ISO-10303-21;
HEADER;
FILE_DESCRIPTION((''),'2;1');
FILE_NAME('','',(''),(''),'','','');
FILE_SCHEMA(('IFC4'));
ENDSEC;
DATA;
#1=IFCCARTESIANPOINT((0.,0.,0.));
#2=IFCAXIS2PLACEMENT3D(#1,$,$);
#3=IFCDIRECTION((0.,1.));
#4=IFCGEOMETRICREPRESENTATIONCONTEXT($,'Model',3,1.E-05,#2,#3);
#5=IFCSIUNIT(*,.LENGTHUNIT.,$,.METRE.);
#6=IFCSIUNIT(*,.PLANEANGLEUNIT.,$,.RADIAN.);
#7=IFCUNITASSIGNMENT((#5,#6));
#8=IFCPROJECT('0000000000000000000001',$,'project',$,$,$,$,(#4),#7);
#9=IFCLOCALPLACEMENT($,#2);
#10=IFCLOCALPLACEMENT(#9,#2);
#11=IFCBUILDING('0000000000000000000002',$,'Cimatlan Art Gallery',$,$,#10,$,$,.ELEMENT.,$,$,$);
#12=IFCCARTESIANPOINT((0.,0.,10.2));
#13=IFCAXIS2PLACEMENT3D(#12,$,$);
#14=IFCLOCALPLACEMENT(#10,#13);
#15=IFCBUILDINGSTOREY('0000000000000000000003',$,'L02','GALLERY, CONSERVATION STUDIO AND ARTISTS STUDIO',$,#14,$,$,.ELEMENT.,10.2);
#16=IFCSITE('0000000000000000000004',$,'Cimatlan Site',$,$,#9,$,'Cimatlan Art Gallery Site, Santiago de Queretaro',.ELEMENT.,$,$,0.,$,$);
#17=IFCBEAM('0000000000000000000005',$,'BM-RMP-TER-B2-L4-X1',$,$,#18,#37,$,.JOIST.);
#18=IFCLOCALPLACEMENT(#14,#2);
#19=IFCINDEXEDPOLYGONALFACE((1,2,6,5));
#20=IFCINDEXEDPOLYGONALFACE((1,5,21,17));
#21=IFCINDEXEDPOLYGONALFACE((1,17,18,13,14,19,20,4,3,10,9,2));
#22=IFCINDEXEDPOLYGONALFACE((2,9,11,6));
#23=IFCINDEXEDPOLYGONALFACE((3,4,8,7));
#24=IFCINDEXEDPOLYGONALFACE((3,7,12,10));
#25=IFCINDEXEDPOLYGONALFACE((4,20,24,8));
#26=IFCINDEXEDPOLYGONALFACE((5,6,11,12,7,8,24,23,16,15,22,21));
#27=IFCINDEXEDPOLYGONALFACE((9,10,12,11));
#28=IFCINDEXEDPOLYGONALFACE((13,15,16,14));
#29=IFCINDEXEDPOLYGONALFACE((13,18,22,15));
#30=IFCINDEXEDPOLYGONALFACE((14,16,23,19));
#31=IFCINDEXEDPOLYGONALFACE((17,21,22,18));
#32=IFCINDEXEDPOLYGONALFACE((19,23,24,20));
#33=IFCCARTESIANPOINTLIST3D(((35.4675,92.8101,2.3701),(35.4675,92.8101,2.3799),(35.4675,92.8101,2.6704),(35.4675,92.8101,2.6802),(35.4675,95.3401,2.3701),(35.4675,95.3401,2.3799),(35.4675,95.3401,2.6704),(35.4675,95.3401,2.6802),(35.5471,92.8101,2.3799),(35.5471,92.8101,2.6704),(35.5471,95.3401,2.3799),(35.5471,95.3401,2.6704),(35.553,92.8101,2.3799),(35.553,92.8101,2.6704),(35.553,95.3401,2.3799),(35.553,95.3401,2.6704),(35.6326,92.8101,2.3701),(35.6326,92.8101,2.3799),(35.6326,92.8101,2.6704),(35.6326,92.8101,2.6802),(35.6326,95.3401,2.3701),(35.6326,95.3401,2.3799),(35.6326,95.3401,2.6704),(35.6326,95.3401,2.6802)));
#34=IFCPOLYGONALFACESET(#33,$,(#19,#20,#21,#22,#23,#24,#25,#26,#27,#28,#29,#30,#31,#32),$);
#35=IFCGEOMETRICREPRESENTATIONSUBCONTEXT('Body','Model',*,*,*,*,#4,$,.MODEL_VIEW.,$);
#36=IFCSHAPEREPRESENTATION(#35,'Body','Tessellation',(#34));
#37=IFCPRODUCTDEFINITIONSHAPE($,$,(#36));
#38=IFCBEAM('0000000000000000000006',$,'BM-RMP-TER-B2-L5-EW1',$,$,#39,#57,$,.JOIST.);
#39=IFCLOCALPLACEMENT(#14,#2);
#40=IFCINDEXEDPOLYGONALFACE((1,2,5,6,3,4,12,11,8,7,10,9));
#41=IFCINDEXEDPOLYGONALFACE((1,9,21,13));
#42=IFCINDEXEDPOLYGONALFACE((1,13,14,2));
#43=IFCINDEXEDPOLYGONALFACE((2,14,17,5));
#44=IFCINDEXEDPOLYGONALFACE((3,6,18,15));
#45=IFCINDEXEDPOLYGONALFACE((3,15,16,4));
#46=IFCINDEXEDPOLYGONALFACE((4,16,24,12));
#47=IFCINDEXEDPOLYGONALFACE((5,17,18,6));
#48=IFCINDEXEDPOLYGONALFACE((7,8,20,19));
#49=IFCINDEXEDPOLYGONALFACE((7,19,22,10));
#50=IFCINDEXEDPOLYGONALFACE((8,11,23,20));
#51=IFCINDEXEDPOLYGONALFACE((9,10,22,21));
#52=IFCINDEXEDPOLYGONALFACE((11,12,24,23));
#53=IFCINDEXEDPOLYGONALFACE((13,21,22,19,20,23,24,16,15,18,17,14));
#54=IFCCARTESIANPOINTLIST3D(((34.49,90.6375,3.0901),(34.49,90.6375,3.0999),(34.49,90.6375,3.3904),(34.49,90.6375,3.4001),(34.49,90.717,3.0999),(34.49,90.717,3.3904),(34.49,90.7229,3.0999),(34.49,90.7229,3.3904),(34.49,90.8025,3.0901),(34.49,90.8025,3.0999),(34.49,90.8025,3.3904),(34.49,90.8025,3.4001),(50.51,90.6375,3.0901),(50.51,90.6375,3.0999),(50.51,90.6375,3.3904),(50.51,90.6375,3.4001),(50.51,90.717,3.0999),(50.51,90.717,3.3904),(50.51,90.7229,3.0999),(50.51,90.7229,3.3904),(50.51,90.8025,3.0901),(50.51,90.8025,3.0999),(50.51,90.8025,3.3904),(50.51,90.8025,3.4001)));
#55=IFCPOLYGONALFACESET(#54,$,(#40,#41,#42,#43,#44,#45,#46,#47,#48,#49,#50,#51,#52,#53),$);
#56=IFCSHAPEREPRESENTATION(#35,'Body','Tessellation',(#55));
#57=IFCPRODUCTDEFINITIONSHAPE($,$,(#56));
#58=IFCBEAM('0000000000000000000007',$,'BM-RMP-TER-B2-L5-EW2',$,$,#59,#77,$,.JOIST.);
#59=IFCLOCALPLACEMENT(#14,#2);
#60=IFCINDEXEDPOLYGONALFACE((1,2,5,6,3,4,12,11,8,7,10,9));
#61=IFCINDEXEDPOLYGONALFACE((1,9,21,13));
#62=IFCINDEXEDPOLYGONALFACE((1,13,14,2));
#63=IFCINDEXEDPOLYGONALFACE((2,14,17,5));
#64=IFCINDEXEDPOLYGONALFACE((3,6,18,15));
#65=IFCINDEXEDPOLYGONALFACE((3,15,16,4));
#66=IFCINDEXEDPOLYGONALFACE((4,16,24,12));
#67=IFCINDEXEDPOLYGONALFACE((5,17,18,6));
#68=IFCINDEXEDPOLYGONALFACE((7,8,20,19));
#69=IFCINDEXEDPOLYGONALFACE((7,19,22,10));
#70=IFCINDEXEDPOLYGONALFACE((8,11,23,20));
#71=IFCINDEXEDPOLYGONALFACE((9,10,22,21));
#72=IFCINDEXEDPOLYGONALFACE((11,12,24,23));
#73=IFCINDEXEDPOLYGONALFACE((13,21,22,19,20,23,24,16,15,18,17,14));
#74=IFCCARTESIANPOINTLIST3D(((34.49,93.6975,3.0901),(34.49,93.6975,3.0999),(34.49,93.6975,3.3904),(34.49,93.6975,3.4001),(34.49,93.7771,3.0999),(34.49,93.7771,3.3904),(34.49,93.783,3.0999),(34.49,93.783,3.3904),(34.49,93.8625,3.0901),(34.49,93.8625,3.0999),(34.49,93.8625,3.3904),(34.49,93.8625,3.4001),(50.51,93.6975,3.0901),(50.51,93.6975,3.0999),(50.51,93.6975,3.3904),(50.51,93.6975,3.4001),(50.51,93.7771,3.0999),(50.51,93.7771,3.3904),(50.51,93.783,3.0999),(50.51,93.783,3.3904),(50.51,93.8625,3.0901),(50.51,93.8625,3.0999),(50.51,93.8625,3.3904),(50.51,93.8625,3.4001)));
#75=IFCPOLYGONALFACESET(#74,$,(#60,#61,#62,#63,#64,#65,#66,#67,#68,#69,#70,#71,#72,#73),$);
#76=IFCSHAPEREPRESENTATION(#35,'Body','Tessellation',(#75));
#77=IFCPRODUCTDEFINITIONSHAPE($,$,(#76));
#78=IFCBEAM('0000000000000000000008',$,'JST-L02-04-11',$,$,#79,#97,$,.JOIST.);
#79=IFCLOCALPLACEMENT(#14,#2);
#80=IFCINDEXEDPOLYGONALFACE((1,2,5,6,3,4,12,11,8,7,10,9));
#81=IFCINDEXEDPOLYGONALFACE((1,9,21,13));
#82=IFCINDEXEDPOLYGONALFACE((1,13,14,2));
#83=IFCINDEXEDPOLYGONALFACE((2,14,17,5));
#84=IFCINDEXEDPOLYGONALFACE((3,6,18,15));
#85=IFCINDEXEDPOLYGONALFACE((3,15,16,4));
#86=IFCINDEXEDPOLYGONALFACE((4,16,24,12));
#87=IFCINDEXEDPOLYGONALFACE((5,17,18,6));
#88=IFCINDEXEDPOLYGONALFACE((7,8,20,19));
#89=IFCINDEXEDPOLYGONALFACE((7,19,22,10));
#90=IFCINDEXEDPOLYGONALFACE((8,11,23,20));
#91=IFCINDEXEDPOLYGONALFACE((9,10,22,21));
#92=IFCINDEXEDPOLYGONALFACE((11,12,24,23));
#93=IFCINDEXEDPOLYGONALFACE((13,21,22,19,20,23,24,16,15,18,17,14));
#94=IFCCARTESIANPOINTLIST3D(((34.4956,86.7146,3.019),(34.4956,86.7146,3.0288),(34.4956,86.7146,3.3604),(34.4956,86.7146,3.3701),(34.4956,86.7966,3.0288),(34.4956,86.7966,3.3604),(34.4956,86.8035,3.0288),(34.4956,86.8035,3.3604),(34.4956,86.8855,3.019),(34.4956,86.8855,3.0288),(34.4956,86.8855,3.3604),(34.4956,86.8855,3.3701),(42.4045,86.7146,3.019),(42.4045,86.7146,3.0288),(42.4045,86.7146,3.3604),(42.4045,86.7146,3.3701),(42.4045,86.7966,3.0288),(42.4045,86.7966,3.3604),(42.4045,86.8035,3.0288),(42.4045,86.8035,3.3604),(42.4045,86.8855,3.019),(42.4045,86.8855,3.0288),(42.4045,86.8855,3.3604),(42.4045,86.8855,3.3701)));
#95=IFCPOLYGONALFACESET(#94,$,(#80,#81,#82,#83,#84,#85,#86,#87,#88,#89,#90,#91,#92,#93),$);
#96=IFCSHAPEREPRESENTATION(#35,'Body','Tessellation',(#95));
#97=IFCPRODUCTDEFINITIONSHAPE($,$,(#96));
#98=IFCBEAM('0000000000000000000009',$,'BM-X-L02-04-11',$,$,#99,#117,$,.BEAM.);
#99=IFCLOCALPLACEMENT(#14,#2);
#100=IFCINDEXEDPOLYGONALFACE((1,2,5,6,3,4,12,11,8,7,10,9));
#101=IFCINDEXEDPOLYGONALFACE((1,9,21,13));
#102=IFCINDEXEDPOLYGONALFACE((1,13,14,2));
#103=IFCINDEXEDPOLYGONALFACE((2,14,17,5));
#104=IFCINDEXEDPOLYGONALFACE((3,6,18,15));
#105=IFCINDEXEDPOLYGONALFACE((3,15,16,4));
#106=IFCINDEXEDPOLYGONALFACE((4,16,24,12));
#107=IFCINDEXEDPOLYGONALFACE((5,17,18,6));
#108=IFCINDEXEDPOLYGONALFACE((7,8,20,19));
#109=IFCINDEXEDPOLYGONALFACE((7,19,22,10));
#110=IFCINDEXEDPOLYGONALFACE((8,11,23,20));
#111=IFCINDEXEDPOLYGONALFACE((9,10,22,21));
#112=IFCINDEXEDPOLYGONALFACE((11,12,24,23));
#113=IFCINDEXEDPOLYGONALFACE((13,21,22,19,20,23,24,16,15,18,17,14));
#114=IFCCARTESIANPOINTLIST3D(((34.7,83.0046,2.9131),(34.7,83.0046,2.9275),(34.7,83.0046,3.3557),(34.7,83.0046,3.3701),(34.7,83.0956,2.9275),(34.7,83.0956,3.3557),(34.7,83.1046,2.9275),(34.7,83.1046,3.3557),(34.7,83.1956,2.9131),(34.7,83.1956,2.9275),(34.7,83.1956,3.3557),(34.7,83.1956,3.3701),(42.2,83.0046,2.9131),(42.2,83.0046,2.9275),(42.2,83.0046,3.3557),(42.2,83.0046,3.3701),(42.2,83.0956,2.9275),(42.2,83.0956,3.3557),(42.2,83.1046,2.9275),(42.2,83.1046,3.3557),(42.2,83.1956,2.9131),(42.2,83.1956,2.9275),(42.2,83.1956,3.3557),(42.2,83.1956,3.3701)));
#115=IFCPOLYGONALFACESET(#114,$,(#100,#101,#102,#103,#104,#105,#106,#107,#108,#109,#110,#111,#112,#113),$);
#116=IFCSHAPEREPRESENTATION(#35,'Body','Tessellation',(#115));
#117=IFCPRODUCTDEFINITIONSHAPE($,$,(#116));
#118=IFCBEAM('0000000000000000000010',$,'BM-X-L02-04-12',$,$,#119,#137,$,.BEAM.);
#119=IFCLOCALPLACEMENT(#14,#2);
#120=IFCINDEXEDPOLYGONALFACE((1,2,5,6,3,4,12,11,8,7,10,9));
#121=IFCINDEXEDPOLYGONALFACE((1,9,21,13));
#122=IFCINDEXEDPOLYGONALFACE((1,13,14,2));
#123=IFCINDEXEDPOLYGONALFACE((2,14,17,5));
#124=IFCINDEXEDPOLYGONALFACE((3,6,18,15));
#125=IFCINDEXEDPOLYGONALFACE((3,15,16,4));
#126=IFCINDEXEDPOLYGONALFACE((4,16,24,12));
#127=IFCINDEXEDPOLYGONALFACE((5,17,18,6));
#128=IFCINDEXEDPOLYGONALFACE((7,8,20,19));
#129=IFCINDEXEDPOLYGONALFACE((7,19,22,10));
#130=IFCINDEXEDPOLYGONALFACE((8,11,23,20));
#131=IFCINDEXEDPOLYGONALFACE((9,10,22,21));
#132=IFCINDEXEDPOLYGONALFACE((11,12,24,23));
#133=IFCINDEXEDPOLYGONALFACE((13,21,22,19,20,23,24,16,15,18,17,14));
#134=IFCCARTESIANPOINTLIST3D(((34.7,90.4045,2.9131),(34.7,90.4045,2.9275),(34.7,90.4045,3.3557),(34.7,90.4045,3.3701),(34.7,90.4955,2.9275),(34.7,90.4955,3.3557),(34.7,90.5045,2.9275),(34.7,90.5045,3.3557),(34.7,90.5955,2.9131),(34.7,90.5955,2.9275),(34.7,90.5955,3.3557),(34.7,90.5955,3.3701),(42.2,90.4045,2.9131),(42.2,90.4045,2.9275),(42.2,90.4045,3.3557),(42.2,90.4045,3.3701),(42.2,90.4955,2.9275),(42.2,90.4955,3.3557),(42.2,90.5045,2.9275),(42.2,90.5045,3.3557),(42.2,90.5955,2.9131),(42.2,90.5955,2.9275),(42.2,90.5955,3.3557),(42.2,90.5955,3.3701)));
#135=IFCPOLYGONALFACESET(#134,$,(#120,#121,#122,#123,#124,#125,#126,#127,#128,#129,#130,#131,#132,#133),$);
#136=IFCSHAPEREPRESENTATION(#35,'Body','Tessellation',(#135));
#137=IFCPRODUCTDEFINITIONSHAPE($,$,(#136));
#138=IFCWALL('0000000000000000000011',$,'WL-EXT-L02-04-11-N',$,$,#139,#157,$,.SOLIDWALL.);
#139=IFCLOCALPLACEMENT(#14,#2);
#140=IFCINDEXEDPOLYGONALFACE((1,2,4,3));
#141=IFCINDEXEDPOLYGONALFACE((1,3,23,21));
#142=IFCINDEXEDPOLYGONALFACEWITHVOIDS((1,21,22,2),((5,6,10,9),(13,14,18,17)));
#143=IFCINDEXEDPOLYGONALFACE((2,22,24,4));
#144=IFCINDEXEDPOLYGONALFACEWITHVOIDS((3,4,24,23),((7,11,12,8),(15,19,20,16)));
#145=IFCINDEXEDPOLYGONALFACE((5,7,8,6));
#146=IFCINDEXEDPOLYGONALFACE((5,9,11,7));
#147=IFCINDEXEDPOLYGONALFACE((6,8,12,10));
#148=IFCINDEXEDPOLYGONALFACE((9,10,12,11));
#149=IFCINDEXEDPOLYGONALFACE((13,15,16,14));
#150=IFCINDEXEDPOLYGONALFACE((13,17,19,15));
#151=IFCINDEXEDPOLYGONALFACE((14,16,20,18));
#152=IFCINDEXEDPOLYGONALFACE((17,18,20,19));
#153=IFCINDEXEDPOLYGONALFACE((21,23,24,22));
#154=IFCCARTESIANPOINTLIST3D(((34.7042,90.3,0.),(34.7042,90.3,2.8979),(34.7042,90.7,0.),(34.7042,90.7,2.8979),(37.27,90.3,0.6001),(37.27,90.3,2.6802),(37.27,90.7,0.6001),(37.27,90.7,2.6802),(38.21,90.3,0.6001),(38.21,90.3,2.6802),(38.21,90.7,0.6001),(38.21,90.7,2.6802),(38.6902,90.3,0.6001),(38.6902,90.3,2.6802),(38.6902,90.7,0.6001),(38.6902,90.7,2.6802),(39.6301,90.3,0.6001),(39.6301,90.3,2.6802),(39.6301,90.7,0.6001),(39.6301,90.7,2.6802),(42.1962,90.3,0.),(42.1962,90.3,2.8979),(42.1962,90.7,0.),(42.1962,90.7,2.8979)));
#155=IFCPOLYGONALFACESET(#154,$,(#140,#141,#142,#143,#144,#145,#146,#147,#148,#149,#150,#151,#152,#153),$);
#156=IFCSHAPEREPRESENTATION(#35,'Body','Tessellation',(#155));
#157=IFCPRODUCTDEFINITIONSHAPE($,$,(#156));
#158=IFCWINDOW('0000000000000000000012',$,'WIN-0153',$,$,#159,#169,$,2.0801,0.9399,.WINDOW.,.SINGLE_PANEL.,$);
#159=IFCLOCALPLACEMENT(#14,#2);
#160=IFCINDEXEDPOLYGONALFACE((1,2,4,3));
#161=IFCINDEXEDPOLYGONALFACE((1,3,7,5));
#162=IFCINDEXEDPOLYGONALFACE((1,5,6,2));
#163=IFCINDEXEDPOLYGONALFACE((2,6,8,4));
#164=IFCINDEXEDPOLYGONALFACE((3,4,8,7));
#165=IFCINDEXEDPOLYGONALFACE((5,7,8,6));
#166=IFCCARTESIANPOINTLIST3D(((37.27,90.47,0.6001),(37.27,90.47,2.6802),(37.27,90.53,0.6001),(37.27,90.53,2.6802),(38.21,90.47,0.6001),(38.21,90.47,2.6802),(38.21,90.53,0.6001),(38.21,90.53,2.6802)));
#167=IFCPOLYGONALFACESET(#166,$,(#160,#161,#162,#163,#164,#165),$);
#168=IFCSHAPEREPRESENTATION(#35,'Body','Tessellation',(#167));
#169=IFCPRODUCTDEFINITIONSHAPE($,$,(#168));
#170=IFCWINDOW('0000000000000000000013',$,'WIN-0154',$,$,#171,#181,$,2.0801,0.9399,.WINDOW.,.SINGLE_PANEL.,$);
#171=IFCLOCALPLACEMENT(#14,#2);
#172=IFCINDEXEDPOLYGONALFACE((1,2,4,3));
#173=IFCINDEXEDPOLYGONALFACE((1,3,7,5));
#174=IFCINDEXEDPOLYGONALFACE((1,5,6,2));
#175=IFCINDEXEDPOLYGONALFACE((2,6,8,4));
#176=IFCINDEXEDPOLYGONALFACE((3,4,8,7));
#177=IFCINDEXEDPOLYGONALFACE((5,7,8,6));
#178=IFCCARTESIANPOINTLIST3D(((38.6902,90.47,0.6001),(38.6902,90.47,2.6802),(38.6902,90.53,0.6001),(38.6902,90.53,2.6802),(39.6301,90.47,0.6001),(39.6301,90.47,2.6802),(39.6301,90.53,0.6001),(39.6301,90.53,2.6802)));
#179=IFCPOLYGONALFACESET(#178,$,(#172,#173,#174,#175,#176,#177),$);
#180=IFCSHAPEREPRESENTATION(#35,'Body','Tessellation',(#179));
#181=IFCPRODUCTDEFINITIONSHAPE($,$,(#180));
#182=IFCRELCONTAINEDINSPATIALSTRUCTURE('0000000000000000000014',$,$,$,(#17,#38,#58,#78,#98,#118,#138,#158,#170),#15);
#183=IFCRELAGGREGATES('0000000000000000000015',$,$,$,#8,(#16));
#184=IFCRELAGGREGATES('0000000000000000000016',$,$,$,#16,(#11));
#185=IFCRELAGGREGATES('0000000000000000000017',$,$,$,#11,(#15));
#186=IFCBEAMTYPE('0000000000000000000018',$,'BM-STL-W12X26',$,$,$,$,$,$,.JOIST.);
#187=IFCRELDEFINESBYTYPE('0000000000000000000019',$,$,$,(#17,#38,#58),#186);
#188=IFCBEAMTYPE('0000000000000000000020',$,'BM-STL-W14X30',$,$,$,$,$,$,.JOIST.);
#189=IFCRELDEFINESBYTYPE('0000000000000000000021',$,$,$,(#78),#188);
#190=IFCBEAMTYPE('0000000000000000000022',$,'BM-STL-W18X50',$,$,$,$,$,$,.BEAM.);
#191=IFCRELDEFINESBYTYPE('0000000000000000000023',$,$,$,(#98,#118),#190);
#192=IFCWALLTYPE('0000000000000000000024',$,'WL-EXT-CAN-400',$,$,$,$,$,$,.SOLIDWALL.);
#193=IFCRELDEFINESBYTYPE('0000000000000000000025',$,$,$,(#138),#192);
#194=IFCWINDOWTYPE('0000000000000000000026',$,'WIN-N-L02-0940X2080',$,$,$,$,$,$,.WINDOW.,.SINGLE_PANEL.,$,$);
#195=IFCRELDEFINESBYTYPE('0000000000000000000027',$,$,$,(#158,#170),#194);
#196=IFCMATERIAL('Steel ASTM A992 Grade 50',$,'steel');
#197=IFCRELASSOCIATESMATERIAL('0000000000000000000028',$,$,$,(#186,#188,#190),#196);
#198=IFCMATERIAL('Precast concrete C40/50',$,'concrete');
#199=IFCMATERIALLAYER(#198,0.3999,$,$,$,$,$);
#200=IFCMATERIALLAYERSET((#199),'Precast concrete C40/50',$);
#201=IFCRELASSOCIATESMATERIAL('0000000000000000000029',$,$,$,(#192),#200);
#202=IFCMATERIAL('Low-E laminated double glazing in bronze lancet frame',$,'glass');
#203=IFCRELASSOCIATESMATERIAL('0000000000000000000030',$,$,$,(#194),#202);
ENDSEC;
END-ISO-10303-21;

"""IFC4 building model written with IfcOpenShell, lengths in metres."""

from ifc_helpers import new_model, si_unit, direction, frame, frame_2d, origin, origin_2d, place, context, subcontext, project, spatial, rectangle, i_section, extrude, material, layer, layer_set, material_profile, profile_set, type_object, element, fill, save


model = new_model("IFC4")

# Units and contexts
model_context = context("Model", 3, precision=1e-05, world=origin(), true_north=direction((0.0, 1.0)))
body_context = subcontext(model_context, "Body", "Model", "MODEL_VIEW")
ifc_project = project(units=[si_unit("LENGTHUNIT", "METRE"), si_unit("PLANEANGLEUNIT", "RADIAN")], contexts=[model_context])

# Site, building, storey
site_placement = place(None, origin())
site = spatial("IfcSite", under=ifc_project, at=site_placement, Name="Cimatlan Site", LongName="Cimatlan Art Gallery Site, Santiago de Queretaro", CompositionType="ELEMENT", RefElevation=0.0)
building_placement = place(site_placement, origin())
building = spatial("IfcBuilding", under=site, at=building_placement, Name="Cimatlan Art Gallery", CompositionType="ELEMENT")
storey_placement = place(building_placement, frame((0.0, 0.0, 10.2)))
storey = spatial("IfcBuildingStorey", under=building, at=storey_placement, Name="L02", Description="GALLERY, CONSERVATION STUDIO AND ARTISTS STUDIO", CompositionType="ELEMENT", Elevation=10.2)

# Shared definitions
ifc_material_1 = material(Name="Steel ASTM A992 Grade 50", Category="steel")

# Beams
ifc_material_profile_1 = material_profile(ifc_material_1, i_section(OverallWidth=0.165, OverallDepth=0.3101, WebThickness=0.0059, FlangeThickness=0.0098, at=origin_2d()), Name="W12X26")
ifc_profile_set_1 = profile_set([ifc_material_profile_1], Name="Steel ASTM A992 Grade 50")
beam_type_1 = type_object("IfcBeamType", Name="BM-STL-W12X26", PredefinedType="JOIST", material=ifc_profile_set_1)
beam_1_placement = place(storey_placement, frame((35.55, 92.8101, 2.5251), z_axis=(0.0, 1.0, 0.0), x_axis=(-1.0, 0.0, 0.0)))
element("IfcBeam", 1, at=beam_1_placement, inside=storey, type_object=beam_type_1, Name="BM-RMP-TER-B2-L4-X1", PredefinedType="JOIST", context=body_context, shape_type="SweptSolid", body=[
    extrude(i_section(OverallWidth=0.165, OverallDepth=0.3101, WebThickness=0.0059, FlangeThickness=0.0098, at=origin_2d()), origin(), (0.0, 0.0, 1.0), 2.53),
])
for number, where, z_axis, x_axis, name in (
    (2, (34.49, 90.72, 3.2451), (1.0, 0.0, 0.0), (0.0, 1.0, 0.0), "BM-RMP-TER-B2-L5-EW1"),
    (3, (34.49, 93.78, 3.2451), (1.0, 0.0, 0.0), (0.0, 1.0, 0.0), "BM-RMP-TER-B2-L5-EW2"),
):
    element("IfcBeam", number, at=place(storey_placement, frame(where, z_axis=z_axis, x_axis=x_axis)), inside=storey, type_object=beam_type_1, Name=name, PredefinedType="JOIST", context=body_context, shape_type="SweptSolid", body=[
        extrude(i_section(OverallWidth=0.165, OverallDepth=0.3101, WebThickness=0.0059, FlangeThickness=0.0098, at=origin_2d()), origin(), (0.0, 0.0, 1.0), 16.02),
    ])
ifc_material_profile_2 = material_profile(ifc_material_1, i_section(OverallWidth=0.1709, OverallDepth=0.3511, WebThickness=0.0068, FlangeThickness=0.0098, at=origin_2d()), Name="W14X30")
ifc_profile_set_2 = profile_set([ifc_material_profile_2], Name="Steel ASTM A992 Grade 50")
beam_type_2 = type_object("IfcBeamType", Name="BM-STL-W14X30", PredefinedType="JOIST", material=ifc_profile_set_2)
beam_2_placement = place(storey_placement, frame((34.4956, 86.8, 3.1946), z_axis=(1.0, 0.0, 0.0), x_axis=(0.0, 1.0, 0.0)))
element("IfcBeam", 4, at=beam_2_placement, inside=storey, type_object=beam_type_2, Name="JST-L02-04-11", PredefinedType="JOIST", context=body_context, shape_type="SweptSolid", body=[
    extrude(i_section(OverallWidth=0.1709, OverallDepth=0.3511, WebThickness=0.0068, FlangeThickness=0.0098, at=origin_2d()), origin(), (0.0, 0.0, 1.0), 7.9089),
])
ifc_material_profile_3 = material_profile(ifc_material_1, i_section(OverallWidth=0.1909, OverallDepth=0.457, WebThickness=0.009, FlangeThickness=0.0144, at=origin_2d()), Name="W18X50")
ifc_profile_set_3 = profile_set([ifc_material_profile_3], Name="Steel ASTM A992 Grade 50")
beam_type_3 = type_object("IfcBeamType", Name="BM-STL-W18X50", PredefinedType="BEAM", material=ifc_profile_set_3)
for number, where, z_axis, x_axis, name in (
    (5, (34.7, 83.1001, 3.1416), (1.0, 0.0, 0.0), (0.0, 1.0, 0.0), "BM-X-L02-04-11"),
    (6, (34.7, 90.5, 3.1416), (1.0, 0.0, 0.0), (0.0, 1.0, 0.0), "BM-X-L02-04-12"),
):
    element("IfcBeam", number, at=place(storey_placement, frame(where, z_axis=z_axis, x_axis=x_axis)), inside=storey, type_object=beam_type_3, Name=name, PredefinedType="BEAM", context=body_context, shape_type="SweptSolid", body=[
        extrude(i_section(OverallWidth=0.1909, OverallDepth=0.457, WebThickness=0.009, FlangeThickness=0.0144, at=origin_2d()), origin(), (0.0, 0.0, 1.0), 7.5),
    ])

# Wall, openings, windows
ifc_material_2 = material(Name="Precast concrete C40/50", Category="concrete")
ifc_layer_1 = layer(ifc_material_2, 0.3999)
ifc_layer_set_1 = layer_set([ifc_layer_1], Name="Precast concrete C40/50")
wall_type = type_object("IfcWallType", Name="WL-EXT-CAN-400", PredefinedType="SOLIDWALL", material=ifc_layer_set_1)
wall_placement = place(storey_placement, frame((34.7041, 90.5, 0.0), z_axis=(0.0, 0.0, 1.0), x_axis=(1.0, 0.0, 0.0)))
wall = element("IfcWall", 7, at=wall_placement, inside=storey, type_object=wall_type, Name="WL-EXT-L02-04-11-N", PredefinedType="SOLIDWALL", context=body_context, shape_type="SweptSolid", body=[
    extrude(rectangle(XDim=7.4919, YDim=0.3999, at=frame_2d((3.7461, 0.0))), origin(), (0.0, 0.0, 1.0), 2.8979),
])
opening_1_placement = place(wall_placement, frame((2.5659, 0.0, 0.6001)))
opening_1 = element("IfcOpeningElement", 8, at=opening_1_placement, cuts=wall, PredefinedType="OPENING", context=body_context, shape_type="SweptSolid", body=[
    extrude(rectangle(XDim=0.9399, YDim=2.0801, at=frame_2d((0.47, 1.04))), frame((0.0, 0.21, 0.0), z_axis=(0.0, -1.0, 0.0), x_axis=(1.0, 0.0, 0.0)), (0.0, 0.0, 1.0), 0.4199),
])
opening_2_placement = place(wall_placement, frame((3.9861, 0.0, 0.6001)))
opening_2 = element("IfcOpeningElement", 9, at=opening_2_placement, cuts=wall, PredefinedType="OPENING", context=body_context, shape_type="SweptSolid", body=[
    extrude(rectangle(XDim=0.9399, YDim=2.0801, at=frame_2d((0.47, 1.04))), frame((0.0, 0.21, 0.0), z_axis=(0.0, -1.0, 0.0), x_axis=(1.0, 0.0, 0.0)), (0.0, 0.0, 1.0), 0.4199),
])
ifc_material_3 = material(Name="Low-E laminated double glazing in bronze lancet frame", Category="glass")
window_type = type_object("IfcWindowType", Name="WIN-N-L02-0940X2080", PartitioningType="SINGLE_PANEL", PredefinedType="WINDOW", material=ifc_material_3)
window_1_placement = place(opening_1_placement, origin())
window_1 = element("IfcWindow", 10, at=window_1_placement, inside=storey, type_object=window_type, Name="WIN-0153", OverallHeight=2.0801, OverallWidth=0.9399, PartitioningType="SINGLE_PANEL", PredefinedType="WINDOW", context=body_context, shape_type="SweptSolid", body=[
    extrude(rectangle(XDim=0.9399, YDim=2.0801, at=frame_2d((0.47, 1.04))), frame((0.0, 0.03, 0.0), z_axis=(0.0, -1.0, 0.0), x_axis=(1.0, 0.0, 0.0)), (0.0, 0.0, 1.0), 0.0601),
])
fill(opening_1, window_1)
window_2_placement = place(opening_2_placement, origin())
window_2 = element("IfcWindow", 11, at=window_2_placement, inside=storey, type_object=window_type, Name="WIN-0154", OverallHeight=2.0801, OverallWidth=0.9399, PartitioningType="SINGLE_PANEL", PredefinedType="WINDOW", context=body_context, shape_type="SweptSolid", body=[
    extrude(rectangle(XDim=0.9399, YDim=2.0801, at=frame_2d((0.47, 1.04))), frame((0.0, 0.03, 0.0), z_axis=(0.0, -1.0, 0.0), x_axis=(1.0, 0.0, 0.0)), (0.0, 0.0, 1.0), 0.0601),
])
fill(opening_2, window_2)

save(model, "model.ifc")
